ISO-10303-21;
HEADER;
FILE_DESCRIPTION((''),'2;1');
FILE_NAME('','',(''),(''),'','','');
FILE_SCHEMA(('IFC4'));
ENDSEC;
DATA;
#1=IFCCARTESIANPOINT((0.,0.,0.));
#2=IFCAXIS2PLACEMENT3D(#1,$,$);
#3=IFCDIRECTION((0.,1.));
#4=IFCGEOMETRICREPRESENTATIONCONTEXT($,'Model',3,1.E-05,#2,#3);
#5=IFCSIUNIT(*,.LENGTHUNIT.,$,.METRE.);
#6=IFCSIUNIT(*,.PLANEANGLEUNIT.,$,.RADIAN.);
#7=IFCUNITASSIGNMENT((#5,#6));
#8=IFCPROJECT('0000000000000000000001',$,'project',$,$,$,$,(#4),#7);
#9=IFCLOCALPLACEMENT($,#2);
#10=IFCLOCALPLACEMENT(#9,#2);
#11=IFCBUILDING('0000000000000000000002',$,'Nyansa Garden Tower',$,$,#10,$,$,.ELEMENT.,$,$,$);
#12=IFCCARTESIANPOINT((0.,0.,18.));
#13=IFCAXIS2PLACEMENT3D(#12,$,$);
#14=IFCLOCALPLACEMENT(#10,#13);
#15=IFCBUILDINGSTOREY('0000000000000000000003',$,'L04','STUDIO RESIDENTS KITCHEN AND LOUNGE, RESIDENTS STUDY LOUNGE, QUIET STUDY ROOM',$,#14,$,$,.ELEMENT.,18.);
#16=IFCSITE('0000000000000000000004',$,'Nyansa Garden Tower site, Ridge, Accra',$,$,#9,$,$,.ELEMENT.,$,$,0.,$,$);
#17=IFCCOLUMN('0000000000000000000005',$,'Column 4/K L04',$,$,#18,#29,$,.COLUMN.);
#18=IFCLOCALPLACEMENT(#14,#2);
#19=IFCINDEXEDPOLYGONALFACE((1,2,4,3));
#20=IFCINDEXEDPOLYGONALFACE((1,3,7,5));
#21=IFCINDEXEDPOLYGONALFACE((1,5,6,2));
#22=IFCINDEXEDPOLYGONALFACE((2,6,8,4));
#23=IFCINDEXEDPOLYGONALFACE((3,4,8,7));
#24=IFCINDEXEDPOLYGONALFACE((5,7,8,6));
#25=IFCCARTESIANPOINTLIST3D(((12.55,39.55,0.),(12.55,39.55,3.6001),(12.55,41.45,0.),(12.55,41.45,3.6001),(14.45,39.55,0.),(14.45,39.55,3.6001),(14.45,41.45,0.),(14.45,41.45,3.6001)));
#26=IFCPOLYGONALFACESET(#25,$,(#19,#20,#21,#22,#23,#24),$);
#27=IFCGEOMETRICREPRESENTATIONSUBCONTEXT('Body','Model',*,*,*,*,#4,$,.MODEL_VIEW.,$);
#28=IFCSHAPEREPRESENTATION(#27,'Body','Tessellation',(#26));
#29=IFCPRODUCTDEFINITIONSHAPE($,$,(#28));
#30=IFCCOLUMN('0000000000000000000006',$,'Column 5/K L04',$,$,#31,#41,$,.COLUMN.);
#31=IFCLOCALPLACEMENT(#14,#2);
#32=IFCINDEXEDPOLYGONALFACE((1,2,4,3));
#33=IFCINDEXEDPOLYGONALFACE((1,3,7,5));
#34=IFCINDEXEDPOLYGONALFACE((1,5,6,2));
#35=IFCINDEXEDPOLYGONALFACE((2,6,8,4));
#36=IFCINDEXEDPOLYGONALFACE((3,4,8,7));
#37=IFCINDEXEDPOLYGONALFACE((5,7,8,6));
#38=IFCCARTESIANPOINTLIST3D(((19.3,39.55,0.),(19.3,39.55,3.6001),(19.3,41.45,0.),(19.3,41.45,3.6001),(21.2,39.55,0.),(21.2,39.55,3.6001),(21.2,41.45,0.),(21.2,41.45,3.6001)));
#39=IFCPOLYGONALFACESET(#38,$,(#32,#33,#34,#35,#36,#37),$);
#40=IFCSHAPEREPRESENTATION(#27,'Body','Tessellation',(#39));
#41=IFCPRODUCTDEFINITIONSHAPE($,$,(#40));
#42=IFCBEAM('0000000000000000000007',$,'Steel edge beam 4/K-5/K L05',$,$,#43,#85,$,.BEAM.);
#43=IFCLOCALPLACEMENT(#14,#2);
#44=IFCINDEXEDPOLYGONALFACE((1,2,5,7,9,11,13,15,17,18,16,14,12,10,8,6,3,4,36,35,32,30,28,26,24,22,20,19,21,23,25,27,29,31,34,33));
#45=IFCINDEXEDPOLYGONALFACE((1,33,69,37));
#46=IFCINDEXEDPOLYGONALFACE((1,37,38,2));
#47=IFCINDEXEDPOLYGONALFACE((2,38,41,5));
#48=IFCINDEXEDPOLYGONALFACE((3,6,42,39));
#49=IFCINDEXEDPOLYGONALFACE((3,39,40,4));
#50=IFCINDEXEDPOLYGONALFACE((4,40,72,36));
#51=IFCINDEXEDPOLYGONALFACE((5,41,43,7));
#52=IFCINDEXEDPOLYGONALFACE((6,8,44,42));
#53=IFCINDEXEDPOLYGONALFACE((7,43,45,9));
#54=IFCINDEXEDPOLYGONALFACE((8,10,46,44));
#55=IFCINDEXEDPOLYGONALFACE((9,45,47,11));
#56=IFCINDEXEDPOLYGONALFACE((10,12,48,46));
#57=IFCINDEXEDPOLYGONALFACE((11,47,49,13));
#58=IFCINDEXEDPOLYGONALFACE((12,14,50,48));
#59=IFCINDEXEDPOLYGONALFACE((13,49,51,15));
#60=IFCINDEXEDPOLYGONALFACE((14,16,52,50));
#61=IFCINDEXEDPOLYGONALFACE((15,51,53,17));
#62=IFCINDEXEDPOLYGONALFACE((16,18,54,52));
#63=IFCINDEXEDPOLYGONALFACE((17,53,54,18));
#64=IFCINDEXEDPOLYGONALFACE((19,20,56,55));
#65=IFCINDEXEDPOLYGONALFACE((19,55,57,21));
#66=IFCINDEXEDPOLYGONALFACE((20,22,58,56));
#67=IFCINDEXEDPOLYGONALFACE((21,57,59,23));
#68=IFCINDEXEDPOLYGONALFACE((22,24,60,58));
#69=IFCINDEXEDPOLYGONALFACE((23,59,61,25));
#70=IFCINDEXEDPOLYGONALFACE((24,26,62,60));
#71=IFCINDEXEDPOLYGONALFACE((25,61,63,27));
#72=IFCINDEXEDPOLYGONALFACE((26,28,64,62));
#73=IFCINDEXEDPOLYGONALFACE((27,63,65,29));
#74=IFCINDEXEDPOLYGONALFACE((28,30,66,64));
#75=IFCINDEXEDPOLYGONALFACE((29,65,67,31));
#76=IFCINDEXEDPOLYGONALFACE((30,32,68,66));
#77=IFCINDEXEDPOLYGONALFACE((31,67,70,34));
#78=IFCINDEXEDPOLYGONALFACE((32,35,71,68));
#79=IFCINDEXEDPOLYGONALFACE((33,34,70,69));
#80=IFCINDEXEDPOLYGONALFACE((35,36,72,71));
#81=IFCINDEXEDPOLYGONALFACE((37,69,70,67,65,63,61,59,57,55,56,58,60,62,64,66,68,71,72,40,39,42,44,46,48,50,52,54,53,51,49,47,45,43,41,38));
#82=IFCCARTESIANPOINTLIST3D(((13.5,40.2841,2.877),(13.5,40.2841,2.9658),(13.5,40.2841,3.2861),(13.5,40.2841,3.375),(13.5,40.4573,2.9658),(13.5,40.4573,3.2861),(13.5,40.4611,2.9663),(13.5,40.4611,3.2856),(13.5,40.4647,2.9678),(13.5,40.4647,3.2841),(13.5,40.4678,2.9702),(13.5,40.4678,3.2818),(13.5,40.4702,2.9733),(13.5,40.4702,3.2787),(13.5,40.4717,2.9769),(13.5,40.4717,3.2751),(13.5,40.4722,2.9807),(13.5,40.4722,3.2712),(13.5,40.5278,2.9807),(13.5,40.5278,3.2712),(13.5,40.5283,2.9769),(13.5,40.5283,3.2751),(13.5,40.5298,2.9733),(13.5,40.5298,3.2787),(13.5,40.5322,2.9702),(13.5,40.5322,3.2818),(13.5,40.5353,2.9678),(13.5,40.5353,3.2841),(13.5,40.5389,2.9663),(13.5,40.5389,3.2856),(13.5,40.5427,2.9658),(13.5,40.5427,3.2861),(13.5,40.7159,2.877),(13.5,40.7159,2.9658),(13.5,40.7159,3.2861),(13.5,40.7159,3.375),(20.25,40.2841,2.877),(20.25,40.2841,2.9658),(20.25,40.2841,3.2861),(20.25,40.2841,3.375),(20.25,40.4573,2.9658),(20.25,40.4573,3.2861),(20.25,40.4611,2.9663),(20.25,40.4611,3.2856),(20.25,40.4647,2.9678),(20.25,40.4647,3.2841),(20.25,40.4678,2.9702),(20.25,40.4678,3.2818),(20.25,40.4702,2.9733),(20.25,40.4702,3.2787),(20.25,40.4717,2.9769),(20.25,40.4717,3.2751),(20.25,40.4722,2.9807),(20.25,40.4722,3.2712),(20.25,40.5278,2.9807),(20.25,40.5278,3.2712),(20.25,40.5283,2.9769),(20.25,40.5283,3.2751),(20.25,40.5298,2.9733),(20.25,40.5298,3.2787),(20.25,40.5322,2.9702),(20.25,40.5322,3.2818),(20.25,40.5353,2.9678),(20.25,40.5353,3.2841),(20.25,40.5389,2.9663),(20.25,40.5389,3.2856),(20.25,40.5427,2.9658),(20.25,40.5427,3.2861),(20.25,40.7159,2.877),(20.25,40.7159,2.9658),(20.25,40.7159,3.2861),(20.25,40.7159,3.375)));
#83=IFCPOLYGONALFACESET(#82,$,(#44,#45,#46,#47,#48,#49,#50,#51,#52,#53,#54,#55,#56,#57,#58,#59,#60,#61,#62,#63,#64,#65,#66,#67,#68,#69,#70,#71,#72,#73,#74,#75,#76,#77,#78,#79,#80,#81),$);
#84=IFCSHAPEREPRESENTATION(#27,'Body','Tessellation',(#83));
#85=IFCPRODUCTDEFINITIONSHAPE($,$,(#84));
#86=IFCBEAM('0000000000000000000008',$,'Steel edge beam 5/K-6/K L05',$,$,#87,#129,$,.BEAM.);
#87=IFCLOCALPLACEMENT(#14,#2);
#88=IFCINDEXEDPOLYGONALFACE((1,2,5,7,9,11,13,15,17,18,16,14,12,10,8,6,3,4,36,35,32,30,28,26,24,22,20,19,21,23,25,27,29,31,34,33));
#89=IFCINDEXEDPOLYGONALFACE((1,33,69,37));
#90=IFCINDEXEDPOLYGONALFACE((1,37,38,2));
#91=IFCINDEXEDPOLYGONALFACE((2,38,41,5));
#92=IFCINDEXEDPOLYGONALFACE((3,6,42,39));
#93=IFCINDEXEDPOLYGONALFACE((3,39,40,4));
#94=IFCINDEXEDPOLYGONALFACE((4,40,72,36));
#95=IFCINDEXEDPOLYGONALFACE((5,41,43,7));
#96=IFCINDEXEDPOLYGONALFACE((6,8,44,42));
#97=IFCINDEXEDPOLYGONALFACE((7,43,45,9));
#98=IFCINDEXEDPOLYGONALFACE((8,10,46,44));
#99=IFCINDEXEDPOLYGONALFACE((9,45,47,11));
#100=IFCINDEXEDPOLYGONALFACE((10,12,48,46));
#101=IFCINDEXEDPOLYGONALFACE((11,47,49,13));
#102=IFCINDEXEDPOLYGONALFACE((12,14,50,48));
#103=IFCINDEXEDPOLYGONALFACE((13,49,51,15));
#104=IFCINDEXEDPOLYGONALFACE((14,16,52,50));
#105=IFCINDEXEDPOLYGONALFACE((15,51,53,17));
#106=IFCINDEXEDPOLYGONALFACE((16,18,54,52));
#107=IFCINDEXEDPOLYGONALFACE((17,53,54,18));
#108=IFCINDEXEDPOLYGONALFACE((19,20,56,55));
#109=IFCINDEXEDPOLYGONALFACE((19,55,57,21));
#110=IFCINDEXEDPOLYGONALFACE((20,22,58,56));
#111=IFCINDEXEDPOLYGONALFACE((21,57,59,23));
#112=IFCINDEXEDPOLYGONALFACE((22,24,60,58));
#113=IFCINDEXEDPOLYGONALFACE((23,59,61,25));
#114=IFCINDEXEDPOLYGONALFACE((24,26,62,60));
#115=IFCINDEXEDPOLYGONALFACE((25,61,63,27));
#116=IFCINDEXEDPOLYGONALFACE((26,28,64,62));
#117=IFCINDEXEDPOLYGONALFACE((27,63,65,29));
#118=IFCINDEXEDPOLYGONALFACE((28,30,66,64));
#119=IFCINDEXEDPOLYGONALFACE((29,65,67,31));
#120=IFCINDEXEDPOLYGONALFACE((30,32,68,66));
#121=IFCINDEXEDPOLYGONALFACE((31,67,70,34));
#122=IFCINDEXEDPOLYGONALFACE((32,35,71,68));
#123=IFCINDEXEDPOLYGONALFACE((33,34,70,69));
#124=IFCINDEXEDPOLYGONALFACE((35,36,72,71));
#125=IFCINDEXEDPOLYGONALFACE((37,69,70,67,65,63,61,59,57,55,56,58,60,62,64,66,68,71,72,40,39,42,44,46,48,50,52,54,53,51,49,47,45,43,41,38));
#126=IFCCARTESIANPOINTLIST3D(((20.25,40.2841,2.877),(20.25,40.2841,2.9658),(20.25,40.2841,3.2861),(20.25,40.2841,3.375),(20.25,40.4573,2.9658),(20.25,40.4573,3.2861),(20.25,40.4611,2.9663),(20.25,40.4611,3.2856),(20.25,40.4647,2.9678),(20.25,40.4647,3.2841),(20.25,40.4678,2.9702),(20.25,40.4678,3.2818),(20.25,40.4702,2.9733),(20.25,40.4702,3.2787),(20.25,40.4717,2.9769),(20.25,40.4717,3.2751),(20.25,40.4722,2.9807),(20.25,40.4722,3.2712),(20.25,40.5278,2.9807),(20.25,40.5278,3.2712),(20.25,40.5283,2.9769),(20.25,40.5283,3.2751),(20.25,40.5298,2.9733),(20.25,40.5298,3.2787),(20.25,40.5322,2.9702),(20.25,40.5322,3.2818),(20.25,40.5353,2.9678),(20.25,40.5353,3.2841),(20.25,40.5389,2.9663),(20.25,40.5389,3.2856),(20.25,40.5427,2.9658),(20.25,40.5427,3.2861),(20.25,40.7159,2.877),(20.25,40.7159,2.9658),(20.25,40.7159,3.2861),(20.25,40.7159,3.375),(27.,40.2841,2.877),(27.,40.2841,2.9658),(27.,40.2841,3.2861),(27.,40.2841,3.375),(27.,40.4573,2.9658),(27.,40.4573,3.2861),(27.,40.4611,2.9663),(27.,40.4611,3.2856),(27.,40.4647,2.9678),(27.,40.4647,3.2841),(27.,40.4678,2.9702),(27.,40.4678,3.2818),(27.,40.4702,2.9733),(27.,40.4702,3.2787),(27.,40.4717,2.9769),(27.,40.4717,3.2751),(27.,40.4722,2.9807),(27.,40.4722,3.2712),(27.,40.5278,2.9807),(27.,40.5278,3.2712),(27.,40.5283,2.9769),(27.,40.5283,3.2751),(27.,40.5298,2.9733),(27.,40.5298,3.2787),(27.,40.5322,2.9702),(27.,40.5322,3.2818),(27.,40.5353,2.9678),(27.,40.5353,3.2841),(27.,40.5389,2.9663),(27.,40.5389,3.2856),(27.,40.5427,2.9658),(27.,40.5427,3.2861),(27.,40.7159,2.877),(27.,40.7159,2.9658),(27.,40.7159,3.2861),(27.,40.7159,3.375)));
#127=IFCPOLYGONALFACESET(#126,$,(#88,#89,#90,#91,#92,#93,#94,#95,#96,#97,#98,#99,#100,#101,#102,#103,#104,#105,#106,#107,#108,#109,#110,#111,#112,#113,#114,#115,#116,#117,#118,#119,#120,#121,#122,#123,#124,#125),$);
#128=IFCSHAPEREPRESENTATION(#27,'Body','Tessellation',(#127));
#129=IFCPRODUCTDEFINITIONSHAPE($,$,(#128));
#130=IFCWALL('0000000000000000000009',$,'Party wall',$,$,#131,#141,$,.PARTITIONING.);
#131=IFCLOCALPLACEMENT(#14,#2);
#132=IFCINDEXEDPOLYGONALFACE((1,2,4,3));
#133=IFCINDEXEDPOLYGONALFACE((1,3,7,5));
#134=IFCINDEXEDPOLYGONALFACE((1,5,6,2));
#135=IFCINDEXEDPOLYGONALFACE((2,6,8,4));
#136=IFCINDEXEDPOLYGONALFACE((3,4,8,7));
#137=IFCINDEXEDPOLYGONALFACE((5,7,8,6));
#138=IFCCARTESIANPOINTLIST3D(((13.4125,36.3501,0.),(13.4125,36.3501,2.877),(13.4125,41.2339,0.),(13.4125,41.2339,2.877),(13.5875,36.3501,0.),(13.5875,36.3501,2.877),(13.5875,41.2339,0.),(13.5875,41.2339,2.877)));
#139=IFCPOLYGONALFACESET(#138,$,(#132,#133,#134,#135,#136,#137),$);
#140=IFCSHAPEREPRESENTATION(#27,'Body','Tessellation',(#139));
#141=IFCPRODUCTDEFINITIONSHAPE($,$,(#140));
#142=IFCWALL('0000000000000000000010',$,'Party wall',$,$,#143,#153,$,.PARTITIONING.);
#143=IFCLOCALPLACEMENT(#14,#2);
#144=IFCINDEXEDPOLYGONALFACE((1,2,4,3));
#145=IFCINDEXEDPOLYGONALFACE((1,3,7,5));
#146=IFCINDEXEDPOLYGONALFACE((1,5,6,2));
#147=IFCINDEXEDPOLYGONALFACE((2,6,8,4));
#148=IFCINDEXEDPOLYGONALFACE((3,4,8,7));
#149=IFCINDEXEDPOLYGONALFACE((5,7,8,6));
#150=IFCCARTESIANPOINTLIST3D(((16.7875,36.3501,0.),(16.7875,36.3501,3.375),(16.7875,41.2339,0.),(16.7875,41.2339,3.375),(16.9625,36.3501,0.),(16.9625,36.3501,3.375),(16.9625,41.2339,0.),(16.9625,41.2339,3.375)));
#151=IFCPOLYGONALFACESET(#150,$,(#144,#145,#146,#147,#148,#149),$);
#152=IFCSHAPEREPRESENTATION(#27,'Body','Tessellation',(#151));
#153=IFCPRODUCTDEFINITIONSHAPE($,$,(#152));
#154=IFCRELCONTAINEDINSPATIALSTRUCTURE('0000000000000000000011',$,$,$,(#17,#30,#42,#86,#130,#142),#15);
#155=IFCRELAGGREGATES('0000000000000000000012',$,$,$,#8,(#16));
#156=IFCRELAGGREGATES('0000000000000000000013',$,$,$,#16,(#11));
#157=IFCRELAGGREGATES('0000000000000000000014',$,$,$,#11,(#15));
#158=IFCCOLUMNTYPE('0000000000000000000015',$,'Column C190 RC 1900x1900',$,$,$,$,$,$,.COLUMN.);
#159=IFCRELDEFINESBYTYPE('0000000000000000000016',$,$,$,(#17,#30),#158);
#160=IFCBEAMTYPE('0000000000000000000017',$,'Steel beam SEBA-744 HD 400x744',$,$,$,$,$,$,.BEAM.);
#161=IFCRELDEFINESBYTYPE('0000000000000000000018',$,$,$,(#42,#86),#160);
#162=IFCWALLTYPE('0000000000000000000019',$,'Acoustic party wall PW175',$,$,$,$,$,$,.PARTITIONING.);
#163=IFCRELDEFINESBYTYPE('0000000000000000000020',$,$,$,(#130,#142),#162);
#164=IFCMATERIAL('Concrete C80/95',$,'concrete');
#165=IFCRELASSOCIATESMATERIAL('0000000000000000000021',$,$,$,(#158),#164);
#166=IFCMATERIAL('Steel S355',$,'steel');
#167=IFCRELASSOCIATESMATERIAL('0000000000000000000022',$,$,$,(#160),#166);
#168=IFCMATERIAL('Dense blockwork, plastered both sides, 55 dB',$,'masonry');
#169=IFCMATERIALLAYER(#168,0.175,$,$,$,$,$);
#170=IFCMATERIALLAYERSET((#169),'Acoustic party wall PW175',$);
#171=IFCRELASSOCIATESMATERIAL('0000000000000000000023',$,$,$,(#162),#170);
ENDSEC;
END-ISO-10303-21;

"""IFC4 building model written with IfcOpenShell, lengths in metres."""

from ifc_helpers import new_model, si_unit, direction, frame, frame_2d, origin, origin_2d, place, context, subcontext, project, spatial, rectangle, i_section, extrude, material, layer, layer_set, material_profile, profile_set, type_object, element, save


model = new_model("IFC4")

# Units and contexts
model_context = context("Model", 3, precision=1e-05, world=origin(), true_north=direction((0.0, 1.0)))
body_context = subcontext(model_context, "Body", "Model", "MODEL_VIEW")
ifc_project = project(units=[si_unit("LENGTHUNIT", "METRE"), si_unit("PLANEANGLEUNIT", "RADIAN")], contexts=[model_context])

# Site, building, storey
site_placement = place(None, origin())
site = spatial("IfcSite", under=ifc_project, at=site_placement, Name="Nyansa Garden Tower site, Ridge, Accra", CompositionType="ELEMENT", RefElevation=0.0)
building_placement = place(site_placement, origin())
building = spatial("IfcBuilding", under=site, at=building_placement, Name="Nyansa Garden Tower", CompositionType="ELEMENT")
storey_placement = place(building_placement, frame((0.0, 0.0, 18.0)))
storey = spatial("IfcBuildingStorey", under=building, at=storey_placement, Name="L04", Description="STUDIO RESIDENTS KITCHEN AND LOUNGE, RESIDENTS STUDY LOUNGE, QUIET STUDY ROOM", CompositionType="ELEMENT", Elevation=18.0)

# Columns
ifc_material_1 = material(Name="Concrete C80/95", Category="concrete")
ifc_material_profile_1 = material_profile(ifc_material_1, rectangle(XDim=1.8999, YDim=1.8999, at=origin_2d()), Name="RC 1900x1900")
ifc_profile_set_1 = profile_set([ifc_material_profile_1], Name="Concrete C80/95")
column_type = type_object("IfcColumnType", Name="Column C190 RC 1900x1900", PredefinedType="COLUMN", material=ifc_profile_set_1)
for number, where, z_axis, x_axis, name in (
    (1, (13.5, 40.5, 0.0), (0.0, 0.0, 1.0), (1.0, 0.0, 0.0), "Column 4/K L04"),
    (2, (20.25, 40.5, 0.0), (0.0, 0.0, 1.0), (1.0, 0.0, 0.0), "Column 5/K L04"),
):
    element("IfcColumn", number, at=place(storey_placement, frame(where, z_axis=z_axis, x_axis=x_axis)), inside=storey, type_object=column_type, Name=name, PredefinedType="COLUMN", context=body_context, shape_type="SweptSolid", body=[
        extrude(rectangle(XDim=1.8999, YDim=1.8999, at=origin_2d()), origin(), (0.0, 0.0, 1.0), 3.6001),
    ])

# Beams
ifc_material_2 = material(Name="Steel S355", Category="steel")
ifc_material_profile_2 = material_profile(ifc_material_2, i_section(OverallWidth=0.4319, OverallDepth=0.498, WebThickness=0.0557, FlangeThickness=0.0889, FilletRadius=0.0149, at=origin_2d()), Name="HD 400x744")
ifc_profile_set_2 = profile_set([ifc_material_profile_2], Name="Steel S355")
beam_type = type_object("IfcBeamType", Name="Steel beam SEBA-744 HD 400x744", PredefinedType="BEAM", material=ifc_profile_set_2)
for number, where, z_axis, x_axis, name in (
    (3, (13.5, 40.5, 3.126), (1.0, 0.0, 0.0), (0.0, 1.0, 0.0), "Steel edge beam 4/K-5/K L05"),
    (4, (20.25, 40.5, 3.126), (1.0, 0.0, 0.0), (0.0, 1.0, 0.0), "Steel edge beam 5/K-6/K L05"),
):
    element("IfcBeam", number, at=place(storey_placement, frame(where, z_axis=z_axis, x_axis=x_axis)), inside=storey, type_object=beam_type, Name=name, PredefinedType="BEAM", context=body_context, shape_type="SweptSolid", body=[
        extrude(i_section(OverallWidth=0.4319, OverallDepth=0.498, WebThickness=0.0557, FlangeThickness=0.0889, FilletRadius=0.0149, at=origin_2d()), origin(), (0.0, 0.0, 1.0), 6.75),
    ])

# Walls
ifc_material_3 = material(Name="Dense blockwork, plastered both sides, 55 dB", Category="masonry")
ifc_layer_1 = layer(ifc_material_3, 0.175)
ifc_layer_set_1 = layer_set([ifc_layer_1], Name="Acoustic party wall PW175")
wall_type_1 = type_object("IfcWallType", Name="Acoustic party wall PW175", PredefinedType="PARTITIONING", material=ifc_layer_set_1)
wall_1_placement = place(storey_placement, frame((13.5, 36.3501, 0.0), z_axis=(0.0, 0.0, 1.0), x_axis=(0.0, 1.0, 0.0)))
element("IfcWall", 5, at=wall_1_placement, inside=storey, type_object=wall_type_1, Name="Party wall", PredefinedType="PARTITIONING", context=body_context, shape_type="SweptSolid", body=[
    extrude(rectangle(XDim=4.8838, YDim=0.175, at=frame_2d((2.4419, 0.0))), origin(), (0.0, 0.0, 1.0), 2.877),
])
wall_2_placement = place(storey_placement, frame((16.875, 36.3501, 0.0), z_axis=(0.0, 0.0, 1.0), x_axis=(0.0, 1.0, 0.0)))
element("IfcWall", 6, at=wall_2_placement, inside=storey, type_object=wall_type_1, Name="Party wall", PredefinedType="PARTITIONING", context=body_context, shape_type="SweptSolid", body=[
    extrude(rectangle(XDim=4.8838, YDim=0.175, at=frame_2d((2.4419, 0.0))), origin(), (0.0, 0.0, 1.0), 3.375),
])

save(model, "model.ifc")
